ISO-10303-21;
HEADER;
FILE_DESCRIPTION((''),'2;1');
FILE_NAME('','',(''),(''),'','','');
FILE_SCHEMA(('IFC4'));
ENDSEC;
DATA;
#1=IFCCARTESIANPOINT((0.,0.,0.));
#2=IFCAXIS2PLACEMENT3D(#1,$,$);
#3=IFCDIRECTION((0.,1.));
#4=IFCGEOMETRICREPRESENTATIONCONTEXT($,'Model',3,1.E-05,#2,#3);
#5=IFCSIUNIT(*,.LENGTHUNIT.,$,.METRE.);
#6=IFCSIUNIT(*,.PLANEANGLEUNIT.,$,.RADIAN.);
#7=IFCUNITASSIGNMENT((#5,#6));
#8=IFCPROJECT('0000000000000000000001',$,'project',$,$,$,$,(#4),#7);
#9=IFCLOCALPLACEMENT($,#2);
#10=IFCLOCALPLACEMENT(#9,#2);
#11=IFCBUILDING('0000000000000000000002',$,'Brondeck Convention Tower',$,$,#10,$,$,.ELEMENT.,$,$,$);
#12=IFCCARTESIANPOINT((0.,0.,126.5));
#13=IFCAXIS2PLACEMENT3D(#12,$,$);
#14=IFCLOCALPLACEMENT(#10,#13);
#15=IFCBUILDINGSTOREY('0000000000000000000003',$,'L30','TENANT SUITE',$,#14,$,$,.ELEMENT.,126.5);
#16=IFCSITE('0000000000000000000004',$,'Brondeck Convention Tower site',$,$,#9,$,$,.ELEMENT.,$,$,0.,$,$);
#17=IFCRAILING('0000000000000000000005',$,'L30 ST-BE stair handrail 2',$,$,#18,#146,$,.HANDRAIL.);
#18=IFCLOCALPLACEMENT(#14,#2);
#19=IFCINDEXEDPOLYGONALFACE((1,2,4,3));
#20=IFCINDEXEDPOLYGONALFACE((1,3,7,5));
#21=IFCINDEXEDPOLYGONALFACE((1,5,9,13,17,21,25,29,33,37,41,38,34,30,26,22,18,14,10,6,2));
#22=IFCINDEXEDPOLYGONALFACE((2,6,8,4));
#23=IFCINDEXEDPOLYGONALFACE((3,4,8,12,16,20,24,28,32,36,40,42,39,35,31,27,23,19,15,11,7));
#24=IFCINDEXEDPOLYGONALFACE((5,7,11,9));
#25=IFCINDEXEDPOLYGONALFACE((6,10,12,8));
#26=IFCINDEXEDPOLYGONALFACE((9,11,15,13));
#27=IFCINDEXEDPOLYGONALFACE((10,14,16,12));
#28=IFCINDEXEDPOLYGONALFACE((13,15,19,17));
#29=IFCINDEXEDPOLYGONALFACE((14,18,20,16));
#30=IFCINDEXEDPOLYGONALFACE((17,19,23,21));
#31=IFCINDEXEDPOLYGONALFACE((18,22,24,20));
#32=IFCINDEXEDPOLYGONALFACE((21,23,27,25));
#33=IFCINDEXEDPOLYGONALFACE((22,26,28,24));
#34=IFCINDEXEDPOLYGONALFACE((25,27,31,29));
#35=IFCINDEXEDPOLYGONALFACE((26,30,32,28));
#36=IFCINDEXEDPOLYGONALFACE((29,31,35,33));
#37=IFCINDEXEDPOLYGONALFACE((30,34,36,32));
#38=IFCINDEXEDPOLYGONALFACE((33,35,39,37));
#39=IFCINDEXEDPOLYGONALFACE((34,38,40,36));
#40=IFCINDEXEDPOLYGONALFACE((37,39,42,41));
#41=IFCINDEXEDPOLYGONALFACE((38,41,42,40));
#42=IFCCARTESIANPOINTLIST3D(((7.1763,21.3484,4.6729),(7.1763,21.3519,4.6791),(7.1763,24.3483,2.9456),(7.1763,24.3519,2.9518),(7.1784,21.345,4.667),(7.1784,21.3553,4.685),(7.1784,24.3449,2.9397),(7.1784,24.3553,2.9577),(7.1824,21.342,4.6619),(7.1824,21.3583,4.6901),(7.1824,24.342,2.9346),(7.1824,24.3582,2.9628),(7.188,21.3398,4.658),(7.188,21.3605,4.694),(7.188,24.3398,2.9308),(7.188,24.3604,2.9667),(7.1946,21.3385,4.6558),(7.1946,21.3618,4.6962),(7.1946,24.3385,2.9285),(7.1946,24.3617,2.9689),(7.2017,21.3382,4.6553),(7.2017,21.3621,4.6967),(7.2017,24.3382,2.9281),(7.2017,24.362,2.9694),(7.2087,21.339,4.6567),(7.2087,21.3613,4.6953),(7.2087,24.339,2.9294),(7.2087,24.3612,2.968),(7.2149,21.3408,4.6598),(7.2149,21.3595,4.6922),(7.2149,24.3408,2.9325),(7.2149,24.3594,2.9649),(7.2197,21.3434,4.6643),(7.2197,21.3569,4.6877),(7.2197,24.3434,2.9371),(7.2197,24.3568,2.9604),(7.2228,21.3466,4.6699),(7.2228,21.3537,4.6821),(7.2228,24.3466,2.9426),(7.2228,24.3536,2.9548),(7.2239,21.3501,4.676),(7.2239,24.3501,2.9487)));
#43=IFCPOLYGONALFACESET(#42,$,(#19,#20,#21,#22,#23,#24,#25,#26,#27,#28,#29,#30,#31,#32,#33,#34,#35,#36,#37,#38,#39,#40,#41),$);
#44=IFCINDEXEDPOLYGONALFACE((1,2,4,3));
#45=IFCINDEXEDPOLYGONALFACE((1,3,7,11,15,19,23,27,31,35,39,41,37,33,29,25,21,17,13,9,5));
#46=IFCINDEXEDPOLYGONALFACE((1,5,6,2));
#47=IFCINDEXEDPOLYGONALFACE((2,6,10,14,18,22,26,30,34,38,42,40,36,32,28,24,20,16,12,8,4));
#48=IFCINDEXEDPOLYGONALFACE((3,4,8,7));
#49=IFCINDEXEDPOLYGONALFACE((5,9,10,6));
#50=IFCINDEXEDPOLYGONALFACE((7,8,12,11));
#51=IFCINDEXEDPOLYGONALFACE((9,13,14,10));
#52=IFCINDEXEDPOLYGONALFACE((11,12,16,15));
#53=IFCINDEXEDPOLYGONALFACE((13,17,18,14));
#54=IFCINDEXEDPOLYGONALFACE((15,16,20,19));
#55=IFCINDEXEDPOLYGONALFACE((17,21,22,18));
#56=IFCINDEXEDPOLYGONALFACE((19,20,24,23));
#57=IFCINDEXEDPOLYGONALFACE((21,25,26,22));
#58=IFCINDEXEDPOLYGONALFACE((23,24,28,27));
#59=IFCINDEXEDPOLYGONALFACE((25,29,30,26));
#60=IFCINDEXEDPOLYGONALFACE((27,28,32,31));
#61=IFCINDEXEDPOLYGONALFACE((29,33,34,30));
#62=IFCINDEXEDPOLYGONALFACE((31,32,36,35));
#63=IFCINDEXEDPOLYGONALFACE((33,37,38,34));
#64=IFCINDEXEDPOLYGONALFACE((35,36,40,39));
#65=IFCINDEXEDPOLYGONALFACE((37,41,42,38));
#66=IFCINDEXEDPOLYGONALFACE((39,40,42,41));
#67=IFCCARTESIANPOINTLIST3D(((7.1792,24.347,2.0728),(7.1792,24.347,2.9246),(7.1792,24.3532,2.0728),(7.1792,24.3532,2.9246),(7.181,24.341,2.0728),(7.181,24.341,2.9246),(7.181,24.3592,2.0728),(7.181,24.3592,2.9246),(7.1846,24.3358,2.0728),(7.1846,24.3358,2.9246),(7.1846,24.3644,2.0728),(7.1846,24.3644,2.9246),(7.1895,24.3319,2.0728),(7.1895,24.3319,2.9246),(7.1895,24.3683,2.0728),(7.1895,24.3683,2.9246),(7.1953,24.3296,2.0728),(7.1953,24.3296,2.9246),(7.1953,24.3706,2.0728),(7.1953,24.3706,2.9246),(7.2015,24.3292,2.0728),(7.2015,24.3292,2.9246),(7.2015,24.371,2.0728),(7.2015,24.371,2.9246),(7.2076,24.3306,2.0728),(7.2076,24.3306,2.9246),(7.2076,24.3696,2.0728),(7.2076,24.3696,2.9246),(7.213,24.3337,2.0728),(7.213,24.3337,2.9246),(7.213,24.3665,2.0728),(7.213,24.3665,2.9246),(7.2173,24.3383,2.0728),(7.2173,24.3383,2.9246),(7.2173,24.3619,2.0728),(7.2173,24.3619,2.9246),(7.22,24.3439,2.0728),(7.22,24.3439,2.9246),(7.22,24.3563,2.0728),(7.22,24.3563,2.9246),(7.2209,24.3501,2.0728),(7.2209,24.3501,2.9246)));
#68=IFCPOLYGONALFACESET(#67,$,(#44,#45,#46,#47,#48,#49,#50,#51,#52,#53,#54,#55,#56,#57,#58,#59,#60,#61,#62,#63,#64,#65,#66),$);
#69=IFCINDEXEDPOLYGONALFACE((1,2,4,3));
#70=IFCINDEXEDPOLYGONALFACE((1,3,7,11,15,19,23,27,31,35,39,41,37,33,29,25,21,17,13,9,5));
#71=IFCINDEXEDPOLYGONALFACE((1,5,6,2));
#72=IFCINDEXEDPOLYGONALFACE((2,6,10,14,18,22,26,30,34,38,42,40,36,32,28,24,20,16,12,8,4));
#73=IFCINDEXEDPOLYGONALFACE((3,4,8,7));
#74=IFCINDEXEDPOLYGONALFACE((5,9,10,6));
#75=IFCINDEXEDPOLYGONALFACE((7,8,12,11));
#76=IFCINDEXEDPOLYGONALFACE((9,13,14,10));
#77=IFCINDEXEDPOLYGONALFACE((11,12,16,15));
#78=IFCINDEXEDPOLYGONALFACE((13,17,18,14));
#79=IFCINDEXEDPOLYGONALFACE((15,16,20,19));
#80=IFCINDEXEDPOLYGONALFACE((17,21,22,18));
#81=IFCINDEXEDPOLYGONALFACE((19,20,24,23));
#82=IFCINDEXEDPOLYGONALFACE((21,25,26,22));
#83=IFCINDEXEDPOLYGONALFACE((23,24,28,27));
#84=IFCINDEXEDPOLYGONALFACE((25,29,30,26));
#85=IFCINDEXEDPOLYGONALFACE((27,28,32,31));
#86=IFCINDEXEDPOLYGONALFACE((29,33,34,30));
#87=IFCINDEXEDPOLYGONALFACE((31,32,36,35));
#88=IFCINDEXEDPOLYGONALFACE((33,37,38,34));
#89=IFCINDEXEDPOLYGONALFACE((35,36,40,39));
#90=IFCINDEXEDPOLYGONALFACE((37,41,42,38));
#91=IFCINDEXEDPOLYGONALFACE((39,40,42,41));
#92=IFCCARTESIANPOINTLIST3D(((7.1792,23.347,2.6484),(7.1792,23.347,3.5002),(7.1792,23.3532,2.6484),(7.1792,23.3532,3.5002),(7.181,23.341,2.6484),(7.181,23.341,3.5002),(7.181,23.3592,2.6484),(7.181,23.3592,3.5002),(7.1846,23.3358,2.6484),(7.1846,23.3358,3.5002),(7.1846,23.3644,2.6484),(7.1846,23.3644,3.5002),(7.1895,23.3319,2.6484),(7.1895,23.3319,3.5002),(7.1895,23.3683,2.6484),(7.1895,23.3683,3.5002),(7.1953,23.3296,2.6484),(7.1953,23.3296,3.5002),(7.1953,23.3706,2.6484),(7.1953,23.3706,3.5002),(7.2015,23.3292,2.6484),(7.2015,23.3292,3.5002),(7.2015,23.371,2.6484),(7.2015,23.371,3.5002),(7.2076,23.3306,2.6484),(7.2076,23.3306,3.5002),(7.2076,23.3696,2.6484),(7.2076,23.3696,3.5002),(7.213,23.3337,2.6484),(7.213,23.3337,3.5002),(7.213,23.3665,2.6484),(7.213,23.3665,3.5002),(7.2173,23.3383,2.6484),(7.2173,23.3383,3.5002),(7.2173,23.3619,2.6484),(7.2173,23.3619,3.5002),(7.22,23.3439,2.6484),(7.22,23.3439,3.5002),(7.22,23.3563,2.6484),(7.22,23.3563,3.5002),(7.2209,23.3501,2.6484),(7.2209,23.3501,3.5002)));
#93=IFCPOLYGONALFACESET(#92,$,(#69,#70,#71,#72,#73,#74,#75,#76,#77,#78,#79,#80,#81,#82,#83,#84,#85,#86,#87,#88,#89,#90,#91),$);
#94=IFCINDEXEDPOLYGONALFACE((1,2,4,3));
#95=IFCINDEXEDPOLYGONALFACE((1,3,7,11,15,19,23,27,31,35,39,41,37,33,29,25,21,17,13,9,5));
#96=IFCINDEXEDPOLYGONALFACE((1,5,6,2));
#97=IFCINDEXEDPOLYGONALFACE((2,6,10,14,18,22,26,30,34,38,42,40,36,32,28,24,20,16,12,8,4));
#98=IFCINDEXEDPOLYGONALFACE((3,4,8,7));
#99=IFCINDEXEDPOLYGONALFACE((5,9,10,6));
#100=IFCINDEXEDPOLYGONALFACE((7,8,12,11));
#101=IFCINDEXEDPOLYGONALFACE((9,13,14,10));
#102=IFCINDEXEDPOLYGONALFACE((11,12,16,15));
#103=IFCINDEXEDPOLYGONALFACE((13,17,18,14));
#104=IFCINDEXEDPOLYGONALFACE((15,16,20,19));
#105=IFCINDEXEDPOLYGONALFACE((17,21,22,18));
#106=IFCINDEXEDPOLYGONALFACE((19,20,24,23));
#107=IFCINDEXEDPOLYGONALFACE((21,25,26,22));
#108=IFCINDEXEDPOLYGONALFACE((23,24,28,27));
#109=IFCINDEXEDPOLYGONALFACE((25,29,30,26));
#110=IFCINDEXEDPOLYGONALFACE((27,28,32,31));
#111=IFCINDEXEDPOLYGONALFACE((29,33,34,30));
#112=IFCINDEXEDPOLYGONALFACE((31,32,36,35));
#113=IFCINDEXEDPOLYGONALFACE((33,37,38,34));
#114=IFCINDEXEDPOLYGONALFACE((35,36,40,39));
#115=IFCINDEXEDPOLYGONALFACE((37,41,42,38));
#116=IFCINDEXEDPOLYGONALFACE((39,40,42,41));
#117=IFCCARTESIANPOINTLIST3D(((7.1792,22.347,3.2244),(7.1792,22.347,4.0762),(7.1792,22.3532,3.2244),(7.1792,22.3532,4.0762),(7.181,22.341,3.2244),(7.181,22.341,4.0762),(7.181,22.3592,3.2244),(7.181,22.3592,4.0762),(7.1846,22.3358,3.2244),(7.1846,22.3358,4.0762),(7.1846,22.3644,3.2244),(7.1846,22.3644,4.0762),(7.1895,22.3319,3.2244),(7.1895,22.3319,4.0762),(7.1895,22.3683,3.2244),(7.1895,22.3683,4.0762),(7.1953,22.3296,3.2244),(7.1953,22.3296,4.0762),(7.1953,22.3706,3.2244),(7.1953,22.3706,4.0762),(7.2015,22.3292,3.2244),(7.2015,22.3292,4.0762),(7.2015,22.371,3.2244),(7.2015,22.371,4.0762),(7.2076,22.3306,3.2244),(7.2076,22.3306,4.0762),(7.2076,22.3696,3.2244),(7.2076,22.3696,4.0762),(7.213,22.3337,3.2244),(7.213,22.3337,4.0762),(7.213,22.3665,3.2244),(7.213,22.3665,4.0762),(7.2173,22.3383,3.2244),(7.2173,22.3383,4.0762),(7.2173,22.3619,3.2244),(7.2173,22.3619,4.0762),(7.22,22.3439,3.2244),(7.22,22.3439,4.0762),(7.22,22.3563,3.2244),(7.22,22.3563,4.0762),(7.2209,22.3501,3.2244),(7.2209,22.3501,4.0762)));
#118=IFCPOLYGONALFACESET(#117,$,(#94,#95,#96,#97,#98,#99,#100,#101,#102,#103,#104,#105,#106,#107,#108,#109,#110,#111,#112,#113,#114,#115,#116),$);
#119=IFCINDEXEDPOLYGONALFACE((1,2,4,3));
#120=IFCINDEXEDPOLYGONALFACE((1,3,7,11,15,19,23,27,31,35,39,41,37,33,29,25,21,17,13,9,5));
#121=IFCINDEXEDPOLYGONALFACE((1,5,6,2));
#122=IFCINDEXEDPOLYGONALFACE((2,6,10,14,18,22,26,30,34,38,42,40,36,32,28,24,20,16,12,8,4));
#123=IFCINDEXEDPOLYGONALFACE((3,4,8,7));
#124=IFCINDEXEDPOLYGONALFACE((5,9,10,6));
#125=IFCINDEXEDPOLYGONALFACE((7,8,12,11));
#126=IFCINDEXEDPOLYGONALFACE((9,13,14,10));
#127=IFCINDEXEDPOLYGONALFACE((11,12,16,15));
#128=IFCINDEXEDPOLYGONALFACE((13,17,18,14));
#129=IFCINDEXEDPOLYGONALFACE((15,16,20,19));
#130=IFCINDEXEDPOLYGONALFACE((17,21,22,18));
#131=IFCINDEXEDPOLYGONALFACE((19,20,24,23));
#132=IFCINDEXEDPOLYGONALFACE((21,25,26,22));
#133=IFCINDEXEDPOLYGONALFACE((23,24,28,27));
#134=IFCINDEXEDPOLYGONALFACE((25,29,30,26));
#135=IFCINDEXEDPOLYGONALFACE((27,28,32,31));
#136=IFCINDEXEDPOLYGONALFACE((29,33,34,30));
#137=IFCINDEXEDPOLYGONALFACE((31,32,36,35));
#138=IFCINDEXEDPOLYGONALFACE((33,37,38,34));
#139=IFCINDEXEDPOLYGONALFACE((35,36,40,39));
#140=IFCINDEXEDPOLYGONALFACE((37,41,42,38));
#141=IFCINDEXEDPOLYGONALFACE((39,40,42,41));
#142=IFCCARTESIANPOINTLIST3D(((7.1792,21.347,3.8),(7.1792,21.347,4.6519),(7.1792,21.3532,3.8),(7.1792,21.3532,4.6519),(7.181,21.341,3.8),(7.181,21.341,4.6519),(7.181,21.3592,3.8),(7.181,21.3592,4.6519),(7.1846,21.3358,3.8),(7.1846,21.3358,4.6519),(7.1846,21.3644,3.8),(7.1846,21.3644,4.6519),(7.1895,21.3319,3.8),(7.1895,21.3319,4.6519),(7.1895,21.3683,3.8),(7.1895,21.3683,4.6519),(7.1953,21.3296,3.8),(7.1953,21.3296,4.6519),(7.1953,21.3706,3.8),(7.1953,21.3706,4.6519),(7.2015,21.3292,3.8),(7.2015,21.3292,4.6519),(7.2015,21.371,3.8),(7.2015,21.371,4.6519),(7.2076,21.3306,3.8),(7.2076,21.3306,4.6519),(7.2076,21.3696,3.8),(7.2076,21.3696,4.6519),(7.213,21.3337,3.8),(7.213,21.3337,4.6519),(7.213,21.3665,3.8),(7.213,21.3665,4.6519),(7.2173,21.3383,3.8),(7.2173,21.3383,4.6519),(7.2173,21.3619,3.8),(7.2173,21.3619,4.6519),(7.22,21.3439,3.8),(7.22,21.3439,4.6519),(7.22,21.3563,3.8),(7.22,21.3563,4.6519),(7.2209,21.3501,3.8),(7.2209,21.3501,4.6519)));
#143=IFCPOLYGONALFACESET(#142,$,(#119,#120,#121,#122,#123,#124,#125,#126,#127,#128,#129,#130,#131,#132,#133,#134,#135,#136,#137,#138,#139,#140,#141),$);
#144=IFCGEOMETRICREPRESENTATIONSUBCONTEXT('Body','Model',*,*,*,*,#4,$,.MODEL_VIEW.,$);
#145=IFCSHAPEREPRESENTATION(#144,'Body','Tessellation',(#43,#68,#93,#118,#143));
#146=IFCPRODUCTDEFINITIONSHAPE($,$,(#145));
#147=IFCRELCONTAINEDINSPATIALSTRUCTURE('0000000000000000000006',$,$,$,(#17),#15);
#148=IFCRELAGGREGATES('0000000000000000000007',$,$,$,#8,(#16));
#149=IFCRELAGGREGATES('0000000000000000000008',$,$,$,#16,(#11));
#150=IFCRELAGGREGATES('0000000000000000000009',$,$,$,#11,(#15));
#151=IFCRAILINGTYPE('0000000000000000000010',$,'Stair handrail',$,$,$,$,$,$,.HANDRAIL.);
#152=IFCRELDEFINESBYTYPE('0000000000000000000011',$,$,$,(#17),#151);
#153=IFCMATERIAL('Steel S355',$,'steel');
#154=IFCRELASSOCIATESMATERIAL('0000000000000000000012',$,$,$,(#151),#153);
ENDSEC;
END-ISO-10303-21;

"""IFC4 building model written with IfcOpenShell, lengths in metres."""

from ifc_helpers import new_model, si_unit, direction, frame, origin, origin_2d, place, context, subcontext, project, spatial, circle, extrude, material, type_object, element, save


model = new_model("IFC4")

# Units and contexts
model_context = context("Model", 3, precision=1e-05, world=origin(), true_north=direction((0.0, 1.0)))
body_context = subcontext(model_context, "Body", "Model", "MODEL_VIEW")
ifc_project = project(units=[si_unit("LENGTHUNIT", "METRE"), si_unit("PLANEANGLEUNIT", "RADIAN")], contexts=[model_context])

# Site, building, storey
site_placement = place(None, origin())
site = spatial("IfcSite", under=ifc_project, at=site_placement, Name="Brondeck Convention Tower site", CompositionType="ELEMENT", RefElevation=0.0)
building_placement = place(site_placement, origin())
building = spatial("IfcBuilding", under=site, at=building_placement, Name="Brondeck Convention Tower", CompositionType="ELEMENT")
storey_placement = place(building_placement, frame((0.0, 0.0, 126.5)))
storey = spatial("IfcBuildingStorey", under=building, at=storey_placement, Name="L30", Description="TENANT SUITE", CompositionType="ELEMENT", Elevation=126.5)

# Shared definitions
ifc_material_1 = material(Name="Steel S355", Category="steel")

# Railing
railing_type_1 = type_object("IfcRailingType", Name="Stair handrail", PredefinedType="HANDRAIL", material=ifc_material_1)
railing_1_placement = place(storey_placement, frame((7.2, 24.3501, 2.0728)))
element("IfcRailing", 1, at=railing_1_placement, inside=storey, type_object=railing_type_1, Name="L30 ST-BE stair handrail 2", PredefinedType="HANDRAIL", context=body_context, shape_type="SweptSolid", body=[
    extrude(circle(Radius=0.0239, at=origin_2d()), frame((0.0, 0.0, 0.876), z_axis=(0.0, -0.86662, 0.498969), x_axis=(1.0, 0.0, 0.0)), (0.0, 0.0, 1.0), 3.4617),
    extrude(circle(Radius=0.021, at=origin_2d()), origin(), (0.0, 0.0, 1.0), 0.8518),
    extrude(circle(Radius=0.021, at=origin_2d()), frame((0.0, -1.0, 0.5757)), (0.0, 0.0, 1.0), 0.8518),
    extrude(circle(Radius=0.021, at=origin_2d()), frame((0.0, -2.0, 1.1516)), (0.0, 0.0, 1.0), 0.8518),
    extrude(circle(Radius=0.021, at=origin_2d()), frame((0.0, -3.0, 1.7273)), (0.0, 0.0, 1.0), 0.8518),
])

save(model, "model.ifc")
